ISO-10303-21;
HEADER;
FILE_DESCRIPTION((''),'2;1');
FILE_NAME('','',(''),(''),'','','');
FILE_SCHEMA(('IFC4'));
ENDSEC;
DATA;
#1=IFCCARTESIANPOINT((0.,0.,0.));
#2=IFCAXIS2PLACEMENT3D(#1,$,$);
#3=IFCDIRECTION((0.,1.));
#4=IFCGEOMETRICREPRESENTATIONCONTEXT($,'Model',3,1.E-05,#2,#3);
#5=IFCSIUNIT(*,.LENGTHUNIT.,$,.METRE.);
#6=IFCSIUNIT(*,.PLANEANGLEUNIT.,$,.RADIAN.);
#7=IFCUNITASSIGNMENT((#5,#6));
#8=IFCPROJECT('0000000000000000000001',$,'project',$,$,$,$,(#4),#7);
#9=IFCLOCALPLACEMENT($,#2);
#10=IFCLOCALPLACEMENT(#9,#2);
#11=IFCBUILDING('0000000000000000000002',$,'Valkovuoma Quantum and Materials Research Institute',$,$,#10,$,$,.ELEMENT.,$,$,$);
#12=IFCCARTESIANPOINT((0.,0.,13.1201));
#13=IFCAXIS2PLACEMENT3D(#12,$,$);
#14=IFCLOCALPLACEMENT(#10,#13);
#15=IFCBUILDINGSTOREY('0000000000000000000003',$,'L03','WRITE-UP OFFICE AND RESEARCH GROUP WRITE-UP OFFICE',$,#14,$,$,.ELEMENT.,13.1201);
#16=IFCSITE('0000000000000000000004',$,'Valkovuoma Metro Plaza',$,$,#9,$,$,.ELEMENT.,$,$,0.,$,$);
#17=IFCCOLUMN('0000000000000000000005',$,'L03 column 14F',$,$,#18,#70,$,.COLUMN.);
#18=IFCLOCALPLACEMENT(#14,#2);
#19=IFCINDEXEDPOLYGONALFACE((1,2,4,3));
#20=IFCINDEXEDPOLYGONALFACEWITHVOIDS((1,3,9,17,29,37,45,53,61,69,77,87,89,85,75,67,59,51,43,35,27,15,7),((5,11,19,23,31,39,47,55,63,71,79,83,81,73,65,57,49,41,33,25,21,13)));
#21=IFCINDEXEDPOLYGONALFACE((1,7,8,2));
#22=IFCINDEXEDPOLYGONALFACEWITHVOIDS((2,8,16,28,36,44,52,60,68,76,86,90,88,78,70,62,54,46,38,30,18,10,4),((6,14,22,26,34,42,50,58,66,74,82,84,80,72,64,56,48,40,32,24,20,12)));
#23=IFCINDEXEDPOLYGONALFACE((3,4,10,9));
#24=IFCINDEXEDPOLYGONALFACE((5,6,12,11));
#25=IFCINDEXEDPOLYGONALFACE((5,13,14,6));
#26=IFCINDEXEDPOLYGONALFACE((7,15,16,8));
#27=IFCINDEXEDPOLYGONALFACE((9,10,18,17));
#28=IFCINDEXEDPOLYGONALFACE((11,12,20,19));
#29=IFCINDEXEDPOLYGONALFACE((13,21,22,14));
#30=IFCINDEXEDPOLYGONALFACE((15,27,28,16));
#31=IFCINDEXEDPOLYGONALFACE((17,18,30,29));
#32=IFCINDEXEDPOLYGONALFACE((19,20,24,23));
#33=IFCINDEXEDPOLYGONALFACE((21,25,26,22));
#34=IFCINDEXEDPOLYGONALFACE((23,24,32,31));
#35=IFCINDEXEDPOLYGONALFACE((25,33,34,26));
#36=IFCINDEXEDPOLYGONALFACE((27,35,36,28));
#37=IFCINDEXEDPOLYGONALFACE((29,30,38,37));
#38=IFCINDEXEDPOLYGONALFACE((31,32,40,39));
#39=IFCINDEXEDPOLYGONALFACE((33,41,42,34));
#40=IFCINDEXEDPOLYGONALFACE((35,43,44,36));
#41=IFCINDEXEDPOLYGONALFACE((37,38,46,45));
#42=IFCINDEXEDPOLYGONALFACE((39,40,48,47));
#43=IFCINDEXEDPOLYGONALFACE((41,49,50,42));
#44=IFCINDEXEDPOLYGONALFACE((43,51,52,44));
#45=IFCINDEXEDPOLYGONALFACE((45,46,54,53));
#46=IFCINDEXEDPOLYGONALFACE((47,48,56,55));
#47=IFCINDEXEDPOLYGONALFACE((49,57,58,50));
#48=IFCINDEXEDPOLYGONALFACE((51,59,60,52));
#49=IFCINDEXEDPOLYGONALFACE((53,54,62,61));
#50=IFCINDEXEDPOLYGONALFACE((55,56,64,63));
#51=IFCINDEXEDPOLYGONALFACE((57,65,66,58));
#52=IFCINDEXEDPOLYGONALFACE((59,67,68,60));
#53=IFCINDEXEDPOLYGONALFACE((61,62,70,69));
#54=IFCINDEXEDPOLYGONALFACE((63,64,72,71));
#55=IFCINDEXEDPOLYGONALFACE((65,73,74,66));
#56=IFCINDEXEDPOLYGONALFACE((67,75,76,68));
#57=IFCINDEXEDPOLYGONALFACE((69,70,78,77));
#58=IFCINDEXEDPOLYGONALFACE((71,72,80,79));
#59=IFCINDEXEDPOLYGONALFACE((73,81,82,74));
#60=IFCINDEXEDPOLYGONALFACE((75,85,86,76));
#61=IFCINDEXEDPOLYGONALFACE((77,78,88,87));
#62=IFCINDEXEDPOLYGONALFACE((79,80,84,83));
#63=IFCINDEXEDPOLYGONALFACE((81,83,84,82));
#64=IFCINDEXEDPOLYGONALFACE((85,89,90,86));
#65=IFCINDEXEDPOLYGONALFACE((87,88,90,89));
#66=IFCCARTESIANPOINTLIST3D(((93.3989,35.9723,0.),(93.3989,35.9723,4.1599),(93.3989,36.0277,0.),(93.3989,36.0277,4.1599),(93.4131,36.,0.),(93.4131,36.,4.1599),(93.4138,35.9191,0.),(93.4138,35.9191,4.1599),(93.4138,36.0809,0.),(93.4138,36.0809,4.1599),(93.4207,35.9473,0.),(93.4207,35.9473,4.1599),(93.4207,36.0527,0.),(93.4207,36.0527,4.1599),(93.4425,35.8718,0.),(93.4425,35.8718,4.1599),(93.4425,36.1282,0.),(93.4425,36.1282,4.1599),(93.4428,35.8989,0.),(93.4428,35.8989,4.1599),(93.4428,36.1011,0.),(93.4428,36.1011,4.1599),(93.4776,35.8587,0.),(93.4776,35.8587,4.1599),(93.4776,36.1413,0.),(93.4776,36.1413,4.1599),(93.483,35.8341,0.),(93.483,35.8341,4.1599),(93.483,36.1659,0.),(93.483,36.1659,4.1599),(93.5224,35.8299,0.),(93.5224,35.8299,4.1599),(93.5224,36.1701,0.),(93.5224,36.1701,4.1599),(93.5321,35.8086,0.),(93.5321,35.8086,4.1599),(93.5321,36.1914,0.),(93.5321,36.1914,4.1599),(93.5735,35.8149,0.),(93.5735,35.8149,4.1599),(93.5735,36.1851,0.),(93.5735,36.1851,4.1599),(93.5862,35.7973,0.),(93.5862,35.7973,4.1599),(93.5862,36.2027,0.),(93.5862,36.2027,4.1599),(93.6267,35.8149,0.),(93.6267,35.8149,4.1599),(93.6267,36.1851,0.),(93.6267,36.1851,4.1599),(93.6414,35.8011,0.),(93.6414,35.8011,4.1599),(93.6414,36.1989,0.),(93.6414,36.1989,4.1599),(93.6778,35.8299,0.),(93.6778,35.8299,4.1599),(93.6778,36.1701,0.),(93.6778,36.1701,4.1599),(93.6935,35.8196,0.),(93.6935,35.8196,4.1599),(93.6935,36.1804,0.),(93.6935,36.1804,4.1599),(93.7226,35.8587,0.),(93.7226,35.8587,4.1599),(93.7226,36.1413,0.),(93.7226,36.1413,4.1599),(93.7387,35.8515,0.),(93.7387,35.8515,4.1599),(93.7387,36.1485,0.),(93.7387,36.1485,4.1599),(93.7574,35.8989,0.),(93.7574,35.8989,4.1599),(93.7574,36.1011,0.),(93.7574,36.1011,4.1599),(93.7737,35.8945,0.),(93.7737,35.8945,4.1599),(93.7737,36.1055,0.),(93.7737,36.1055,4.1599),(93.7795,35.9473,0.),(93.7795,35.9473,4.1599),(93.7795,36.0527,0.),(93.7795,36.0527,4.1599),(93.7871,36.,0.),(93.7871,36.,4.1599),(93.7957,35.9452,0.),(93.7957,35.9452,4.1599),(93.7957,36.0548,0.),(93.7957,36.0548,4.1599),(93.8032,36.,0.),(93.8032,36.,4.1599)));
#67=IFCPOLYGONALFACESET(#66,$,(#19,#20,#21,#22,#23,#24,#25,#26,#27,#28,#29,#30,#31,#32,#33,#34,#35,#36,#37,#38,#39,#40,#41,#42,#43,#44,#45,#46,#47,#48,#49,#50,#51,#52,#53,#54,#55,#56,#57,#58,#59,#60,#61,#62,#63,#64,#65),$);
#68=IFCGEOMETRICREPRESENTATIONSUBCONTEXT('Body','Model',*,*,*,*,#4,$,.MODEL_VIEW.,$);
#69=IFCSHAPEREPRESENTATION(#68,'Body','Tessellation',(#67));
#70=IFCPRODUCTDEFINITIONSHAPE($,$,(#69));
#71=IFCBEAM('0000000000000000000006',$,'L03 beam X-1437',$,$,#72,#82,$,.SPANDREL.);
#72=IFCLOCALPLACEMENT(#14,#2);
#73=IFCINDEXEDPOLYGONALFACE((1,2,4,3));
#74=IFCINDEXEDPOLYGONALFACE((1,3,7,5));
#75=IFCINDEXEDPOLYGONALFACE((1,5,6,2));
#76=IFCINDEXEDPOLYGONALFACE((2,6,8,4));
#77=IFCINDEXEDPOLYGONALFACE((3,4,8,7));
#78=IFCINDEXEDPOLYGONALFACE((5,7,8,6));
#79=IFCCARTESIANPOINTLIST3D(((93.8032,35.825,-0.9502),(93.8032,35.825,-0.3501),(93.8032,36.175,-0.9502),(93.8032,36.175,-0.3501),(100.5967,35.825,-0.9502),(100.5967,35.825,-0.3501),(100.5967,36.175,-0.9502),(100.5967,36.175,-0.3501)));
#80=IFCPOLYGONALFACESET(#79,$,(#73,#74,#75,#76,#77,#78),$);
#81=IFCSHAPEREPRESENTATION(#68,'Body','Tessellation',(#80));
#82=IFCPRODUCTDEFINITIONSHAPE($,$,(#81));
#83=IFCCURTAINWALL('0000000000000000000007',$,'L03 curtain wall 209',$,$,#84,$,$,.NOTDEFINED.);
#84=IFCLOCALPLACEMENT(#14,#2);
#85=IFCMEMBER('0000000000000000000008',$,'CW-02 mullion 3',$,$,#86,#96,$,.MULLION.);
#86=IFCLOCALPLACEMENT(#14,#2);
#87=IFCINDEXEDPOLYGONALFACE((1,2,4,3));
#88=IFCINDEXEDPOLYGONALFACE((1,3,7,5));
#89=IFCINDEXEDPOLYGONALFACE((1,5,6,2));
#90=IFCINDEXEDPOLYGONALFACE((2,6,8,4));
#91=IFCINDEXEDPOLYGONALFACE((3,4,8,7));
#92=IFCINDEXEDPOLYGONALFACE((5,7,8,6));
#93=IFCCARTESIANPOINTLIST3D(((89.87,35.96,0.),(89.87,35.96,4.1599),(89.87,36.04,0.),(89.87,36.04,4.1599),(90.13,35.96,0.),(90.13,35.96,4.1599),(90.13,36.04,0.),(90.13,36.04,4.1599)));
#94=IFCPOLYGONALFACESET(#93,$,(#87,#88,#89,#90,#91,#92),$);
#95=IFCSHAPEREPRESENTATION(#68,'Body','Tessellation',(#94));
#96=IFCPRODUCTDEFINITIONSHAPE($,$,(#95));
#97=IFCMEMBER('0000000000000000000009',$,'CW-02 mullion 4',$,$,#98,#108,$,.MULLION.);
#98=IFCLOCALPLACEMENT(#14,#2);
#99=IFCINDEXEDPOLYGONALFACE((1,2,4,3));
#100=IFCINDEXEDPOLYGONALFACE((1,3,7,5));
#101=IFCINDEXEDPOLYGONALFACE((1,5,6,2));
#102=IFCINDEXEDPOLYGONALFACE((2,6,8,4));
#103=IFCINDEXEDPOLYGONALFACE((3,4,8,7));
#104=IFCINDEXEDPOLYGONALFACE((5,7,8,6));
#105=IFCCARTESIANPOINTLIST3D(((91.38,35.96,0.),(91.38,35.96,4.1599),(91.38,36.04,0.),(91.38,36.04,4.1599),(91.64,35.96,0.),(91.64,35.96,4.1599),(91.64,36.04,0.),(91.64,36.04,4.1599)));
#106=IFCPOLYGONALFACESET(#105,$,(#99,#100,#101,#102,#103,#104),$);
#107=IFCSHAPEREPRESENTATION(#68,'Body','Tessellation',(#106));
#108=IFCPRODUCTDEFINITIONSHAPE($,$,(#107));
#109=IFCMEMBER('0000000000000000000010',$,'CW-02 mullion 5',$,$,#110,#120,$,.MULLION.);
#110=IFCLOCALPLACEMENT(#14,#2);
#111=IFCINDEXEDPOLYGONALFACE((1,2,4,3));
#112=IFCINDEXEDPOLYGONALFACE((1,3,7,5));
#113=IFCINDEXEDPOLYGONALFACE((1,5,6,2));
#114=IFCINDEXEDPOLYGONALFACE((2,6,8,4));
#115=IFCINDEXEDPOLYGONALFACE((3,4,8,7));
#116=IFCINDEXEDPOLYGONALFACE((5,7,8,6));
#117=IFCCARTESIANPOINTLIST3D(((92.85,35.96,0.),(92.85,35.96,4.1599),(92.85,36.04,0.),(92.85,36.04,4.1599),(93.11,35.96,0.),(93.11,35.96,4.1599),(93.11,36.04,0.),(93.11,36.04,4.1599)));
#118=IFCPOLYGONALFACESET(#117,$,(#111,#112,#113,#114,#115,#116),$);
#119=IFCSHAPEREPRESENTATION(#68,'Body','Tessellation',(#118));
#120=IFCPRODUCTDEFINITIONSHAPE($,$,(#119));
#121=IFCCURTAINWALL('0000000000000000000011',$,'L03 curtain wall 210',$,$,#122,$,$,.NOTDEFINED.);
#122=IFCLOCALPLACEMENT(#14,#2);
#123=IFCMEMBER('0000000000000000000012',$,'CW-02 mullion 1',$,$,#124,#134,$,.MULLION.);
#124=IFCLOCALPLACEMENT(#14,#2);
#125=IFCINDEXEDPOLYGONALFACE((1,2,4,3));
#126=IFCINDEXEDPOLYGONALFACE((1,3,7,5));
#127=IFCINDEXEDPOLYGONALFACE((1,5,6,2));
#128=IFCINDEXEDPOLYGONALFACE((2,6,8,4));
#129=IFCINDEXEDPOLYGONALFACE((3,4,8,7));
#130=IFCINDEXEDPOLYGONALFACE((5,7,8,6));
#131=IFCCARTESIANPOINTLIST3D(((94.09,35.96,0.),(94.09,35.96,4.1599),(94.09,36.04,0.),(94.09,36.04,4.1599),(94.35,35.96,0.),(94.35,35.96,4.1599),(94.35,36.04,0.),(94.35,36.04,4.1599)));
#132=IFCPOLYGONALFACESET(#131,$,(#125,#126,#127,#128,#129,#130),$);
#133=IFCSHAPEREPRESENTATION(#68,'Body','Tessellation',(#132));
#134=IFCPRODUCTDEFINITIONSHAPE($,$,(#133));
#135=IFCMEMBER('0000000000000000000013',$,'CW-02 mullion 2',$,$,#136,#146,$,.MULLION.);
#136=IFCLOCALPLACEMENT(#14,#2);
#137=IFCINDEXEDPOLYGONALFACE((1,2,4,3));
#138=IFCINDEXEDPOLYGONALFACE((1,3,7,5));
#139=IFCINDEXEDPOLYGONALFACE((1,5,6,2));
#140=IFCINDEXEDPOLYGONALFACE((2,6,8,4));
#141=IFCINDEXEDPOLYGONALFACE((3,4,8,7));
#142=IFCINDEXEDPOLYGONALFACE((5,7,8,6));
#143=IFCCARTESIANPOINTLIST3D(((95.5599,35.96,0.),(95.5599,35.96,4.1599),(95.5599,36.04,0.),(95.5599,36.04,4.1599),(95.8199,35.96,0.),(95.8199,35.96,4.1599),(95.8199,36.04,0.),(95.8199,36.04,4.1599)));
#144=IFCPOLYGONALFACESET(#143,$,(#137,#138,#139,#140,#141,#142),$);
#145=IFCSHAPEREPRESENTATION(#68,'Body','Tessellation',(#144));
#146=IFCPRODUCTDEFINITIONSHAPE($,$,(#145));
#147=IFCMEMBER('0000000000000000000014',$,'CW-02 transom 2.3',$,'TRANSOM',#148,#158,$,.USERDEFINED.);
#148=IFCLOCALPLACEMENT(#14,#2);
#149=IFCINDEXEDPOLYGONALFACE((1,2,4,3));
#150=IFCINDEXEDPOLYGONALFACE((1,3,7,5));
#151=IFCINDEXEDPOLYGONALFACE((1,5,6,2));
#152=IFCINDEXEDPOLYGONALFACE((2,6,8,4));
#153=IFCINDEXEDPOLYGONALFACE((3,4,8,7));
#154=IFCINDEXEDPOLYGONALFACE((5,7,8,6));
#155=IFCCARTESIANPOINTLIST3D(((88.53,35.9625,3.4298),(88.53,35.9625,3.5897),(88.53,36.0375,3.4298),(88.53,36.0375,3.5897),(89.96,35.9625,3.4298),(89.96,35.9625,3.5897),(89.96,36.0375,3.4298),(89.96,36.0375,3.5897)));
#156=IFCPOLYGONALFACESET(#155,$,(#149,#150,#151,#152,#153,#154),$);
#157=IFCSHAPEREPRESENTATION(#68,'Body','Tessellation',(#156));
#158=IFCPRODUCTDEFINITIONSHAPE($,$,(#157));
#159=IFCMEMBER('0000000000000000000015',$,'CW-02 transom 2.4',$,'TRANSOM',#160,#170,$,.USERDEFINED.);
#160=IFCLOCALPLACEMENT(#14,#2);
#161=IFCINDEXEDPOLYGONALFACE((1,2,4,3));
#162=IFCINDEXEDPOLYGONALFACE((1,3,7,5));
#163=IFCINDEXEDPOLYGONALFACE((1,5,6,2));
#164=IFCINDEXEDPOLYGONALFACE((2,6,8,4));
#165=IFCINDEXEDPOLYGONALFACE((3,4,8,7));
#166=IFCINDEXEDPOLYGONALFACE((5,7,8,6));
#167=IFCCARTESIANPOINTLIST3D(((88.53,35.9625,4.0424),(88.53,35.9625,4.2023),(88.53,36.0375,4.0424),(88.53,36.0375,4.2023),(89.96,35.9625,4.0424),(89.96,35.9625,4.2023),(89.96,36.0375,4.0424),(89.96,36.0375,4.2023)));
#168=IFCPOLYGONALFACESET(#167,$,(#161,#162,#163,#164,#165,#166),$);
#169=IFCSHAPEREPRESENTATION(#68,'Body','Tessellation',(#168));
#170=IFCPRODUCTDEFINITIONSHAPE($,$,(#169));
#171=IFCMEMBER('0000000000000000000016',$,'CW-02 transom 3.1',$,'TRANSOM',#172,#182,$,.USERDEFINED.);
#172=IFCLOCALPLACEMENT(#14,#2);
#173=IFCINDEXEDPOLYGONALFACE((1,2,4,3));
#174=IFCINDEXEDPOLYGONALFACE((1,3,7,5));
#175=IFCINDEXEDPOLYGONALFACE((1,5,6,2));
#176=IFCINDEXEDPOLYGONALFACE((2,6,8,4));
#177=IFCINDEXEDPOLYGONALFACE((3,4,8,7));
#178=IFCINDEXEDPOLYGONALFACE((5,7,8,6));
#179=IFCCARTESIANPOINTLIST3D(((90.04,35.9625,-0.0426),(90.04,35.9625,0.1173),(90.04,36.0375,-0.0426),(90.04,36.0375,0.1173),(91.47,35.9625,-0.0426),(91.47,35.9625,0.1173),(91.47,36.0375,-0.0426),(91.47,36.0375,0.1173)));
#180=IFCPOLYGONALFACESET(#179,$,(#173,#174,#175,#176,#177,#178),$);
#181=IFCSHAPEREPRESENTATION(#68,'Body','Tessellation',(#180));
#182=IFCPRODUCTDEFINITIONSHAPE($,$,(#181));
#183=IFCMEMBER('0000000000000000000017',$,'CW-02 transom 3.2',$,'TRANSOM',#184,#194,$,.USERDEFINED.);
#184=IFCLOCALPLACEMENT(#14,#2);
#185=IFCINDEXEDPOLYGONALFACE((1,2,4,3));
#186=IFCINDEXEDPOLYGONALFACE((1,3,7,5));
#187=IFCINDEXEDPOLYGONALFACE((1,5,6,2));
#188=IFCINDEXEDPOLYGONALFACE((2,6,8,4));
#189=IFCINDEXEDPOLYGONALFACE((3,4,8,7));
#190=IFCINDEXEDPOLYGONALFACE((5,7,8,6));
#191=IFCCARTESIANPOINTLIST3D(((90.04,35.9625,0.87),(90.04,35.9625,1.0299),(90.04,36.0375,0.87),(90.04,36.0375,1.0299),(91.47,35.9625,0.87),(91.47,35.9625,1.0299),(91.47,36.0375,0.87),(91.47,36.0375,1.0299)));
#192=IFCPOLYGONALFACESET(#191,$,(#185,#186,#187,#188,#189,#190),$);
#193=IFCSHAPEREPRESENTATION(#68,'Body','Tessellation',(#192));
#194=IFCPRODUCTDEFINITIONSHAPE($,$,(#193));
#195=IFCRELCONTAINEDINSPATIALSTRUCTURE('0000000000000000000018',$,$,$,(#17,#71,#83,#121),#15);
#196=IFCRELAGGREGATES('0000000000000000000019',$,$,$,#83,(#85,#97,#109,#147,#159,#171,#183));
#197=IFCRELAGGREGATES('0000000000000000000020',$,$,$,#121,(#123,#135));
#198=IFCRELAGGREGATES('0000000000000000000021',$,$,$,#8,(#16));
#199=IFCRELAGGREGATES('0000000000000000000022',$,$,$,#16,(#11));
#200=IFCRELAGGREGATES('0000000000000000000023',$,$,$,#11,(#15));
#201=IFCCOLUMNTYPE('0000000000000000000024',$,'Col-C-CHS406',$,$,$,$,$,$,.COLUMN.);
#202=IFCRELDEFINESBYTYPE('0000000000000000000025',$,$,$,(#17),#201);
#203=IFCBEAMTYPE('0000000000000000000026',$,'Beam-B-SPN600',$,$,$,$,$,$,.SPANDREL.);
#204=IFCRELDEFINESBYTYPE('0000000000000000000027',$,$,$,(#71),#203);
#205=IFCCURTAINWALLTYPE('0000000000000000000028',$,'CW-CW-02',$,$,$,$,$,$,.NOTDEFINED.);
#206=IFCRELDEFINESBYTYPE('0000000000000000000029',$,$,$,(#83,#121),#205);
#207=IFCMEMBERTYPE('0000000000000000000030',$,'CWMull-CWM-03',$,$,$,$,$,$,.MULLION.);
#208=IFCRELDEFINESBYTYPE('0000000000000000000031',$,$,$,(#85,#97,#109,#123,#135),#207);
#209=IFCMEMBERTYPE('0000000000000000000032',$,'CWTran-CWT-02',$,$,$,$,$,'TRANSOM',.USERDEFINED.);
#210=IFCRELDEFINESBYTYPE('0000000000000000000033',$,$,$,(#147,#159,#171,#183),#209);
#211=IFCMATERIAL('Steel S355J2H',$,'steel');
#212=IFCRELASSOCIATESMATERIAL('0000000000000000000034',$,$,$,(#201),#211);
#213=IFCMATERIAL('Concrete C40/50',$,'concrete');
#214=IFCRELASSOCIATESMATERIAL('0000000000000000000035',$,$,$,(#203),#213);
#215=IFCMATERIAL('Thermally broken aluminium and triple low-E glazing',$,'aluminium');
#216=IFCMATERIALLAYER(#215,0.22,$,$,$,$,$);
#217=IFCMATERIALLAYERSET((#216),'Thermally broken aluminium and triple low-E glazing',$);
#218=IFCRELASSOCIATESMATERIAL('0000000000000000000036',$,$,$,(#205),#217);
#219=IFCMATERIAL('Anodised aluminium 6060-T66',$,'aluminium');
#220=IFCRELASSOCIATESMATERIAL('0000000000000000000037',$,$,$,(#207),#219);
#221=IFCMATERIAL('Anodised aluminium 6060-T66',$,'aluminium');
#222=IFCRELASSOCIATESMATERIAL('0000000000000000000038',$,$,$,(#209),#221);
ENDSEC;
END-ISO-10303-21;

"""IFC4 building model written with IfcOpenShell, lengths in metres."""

from ifc_helpers import new_model, si_unit, direction, frame, origin, origin_2d, place, context, subcontext, project, spatial, rectangle, hollow_circle, extrude, material, layer, layer_set, material_profile, profile_set, type_object, element, aggregate, save


model = new_model("IFC4")

# Units and contexts
model_context = context("Model", 3, precision=1e-05, world=origin(), true_north=direction((0.0, 1.0)))
body_context = subcontext(model_context, "Body", "Model", "MODEL_VIEW")
ifc_project = project(units=[si_unit("LENGTHUNIT", "METRE"), si_unit("PLANEANGLEUNIT", "RADIAN")], contexts=[model_context])

# Site, building, storey
site_placement = place(None, origin())
site = spatial("IfcSite", under=ifc_project, at=site_placement, Name="Valkovuoma Metro Plaza", CompositionType="ELEMENT", RefElevation=0.0)
building_placement = place(site_placement, origin())
building = spatial("IfcBuilding", under=site, at=building_placement, Name="Valkovuoma Quantum and Materials Research Institute", CompositionType="ELEMENT")
storey_placement = place(building_placement, frame((0.0, 0.0, 13.1201)))
storey = spatial("IfcBuildingStorey", under=building, at=storey_placement, Name="L03", Description="WRITE-UP OFFICE AND RESEARCH GROUP WRITE-UP OFFICE", CompositionType="ELEMENT", Elevation=13.1201)

# Column
ifc_material_1 = material(Name="Steel S355J2H", Category="steel")
ifc_material_profile_1 = material_profile(ifc_material_1, hollow_circle(Radius=0.2031, WallThickness=0.0161, at=origin_2d()), Name="Steel S355J2H")
ifc_profile_set_1 = profile_set([ifc_material_profile_1], Name="Steel S355J2H")
column_type = type_object("IfcColumnType", Name="Col-C-CHS406", PredefinedType="COLUMN", material=ifc_profile_set_1)
column_placement = place(storey_placement, frame((93.6001, 36.0, 0.0), z_axis=(0.0, 0.0, 1.0), x_axis=(1.0, 0.0, 0.0)))
element("IfcColumn", 1, at=column_placement, inside=storey, type_object=column_type, Name="L03 column 14F", PredefinedType="COLUMN", context=body_context, shape_type="SweptSolid", body=[
    extrude(hollow_circle(Radius=0.2031, WallThickness=0.0161, at=origin_2d()), origin(), (0.0, 0.0, 1.0), 4.1599),
])

# Beam
ifc_material_2 = material(Name="Concrete C40/50", Category="concrete")
ifc_material_profile_2 = material_profile(ifc_material_2, rectangle(XDim=0.3501, YDim=0.6001, at=origin_2d()), Name="Concrete C40/50")
ifc_profile_set_2 = profile_set([ifc_material_profile_2], Name="Concrete C40/50")
beam_type = type_object("IfcBeamType", Name="Beam-B-SPN600", PredefinedType="SPANDREL", material=ifc_profile_set_2)
beam_placement = place(storey_placement, frame((93.8032, 36.0, -0.6501), z_axis=(1.0, 0.0, 0.0), x_axis=(0.0, 1.0, 0.0)))
element("IfcBeam", 2, at=beam_placement, inside=storey, type_object=beam_type, Name="L03 beam X-1437", PredefinedType="SPANDREL", context=body_context, shape_type="SweptSolid", body=[
    extrude(rectangle(XDim=0.3501, YDim=0.6001, at=origin_2d()), origin(), (0.0, 0.0, 1.0), 6.7935),
])

# Curtain walls, members
ifc_material_3 = material(Name="Thermally broken aluminium and triple low-E glazing", Category="aluminium")
ifc_layer_1 = layer(ifc_material_3, 0.22)
ifc_layer_set_1 = layer_set([ifc_layer_1], Name="Thermally broken aluminium and triple low-E glazing")
curtain_wall_type = type_object("IfcCurtainWallType", Name="CW-CW-02", PredefinedType="NOTDEFINED", material=ifc_layer_set_1)
curtain_wall_1_placement = place(storey_placement, origin())
curtain_wall_1 = element("IfcCurtainWall", 3, at=curtain_wall_1_placement, inside=storey, type_object=curtain_wall_type, Name="L03 curtain wall 209", PredefinedType="NOTDEFINED")
ifc_material_4 = material(Name="Anodised aluminium 6060-T66", Category="aluminium")
ifc_material_profile_3 = material_profile(ifc_material_4, rectangle(XDim=0.0801, YDim=0.26, at=origin_2d()), Name="Anodised aluminium 6060-T66")
ifc_profile_set_3 = profile_set([ifc_material_profile_3], Name="Anodised aluminium 6060-T66")
member_type_1 = type_object("IfcMemberType", Name="CWMull-CWM-03", PredefinedType="MULLION", material=ifc_profile_set_3)
member_1_placement = place(storey_placement, frame((90.0, 36.0, 0.0), z_axis=(0.0, 0.0, 1.0), x_axis=(0.0, 1.0, 0.0)))
member_1 = element("IfcMember", 4, at=member_1_placement, type_object=member_type_1, Name="CW-02 mullion 3", PredefinedType="MULLION", context=body_context, shape_type="SweptSolid", body=[
    extrude(rectangle(XDim=0.0801, YDim=0.26, at=origin_2d()), origin(), (0.0, 0.0, 1.0), 4.1599),
])
member_2_placement = place(storey_placement, frame((91.51, 36.0, 0.0), z_axis=(0.0, 0.0, 1.0), x_axis=(0.0, 1.0, 0.0)))
member_2 = element("IfcMember", 5, at=member_2_placement, type_object=member_type_1, Name="CW-02 mullion 4", PredefinedType="MULLION", context=body_context, shape_type="SweptSolid", body=[
    extrude(rectangle(XDim=0.0801, YDim=0.26, at=origin_2d()), origin(), (0.0, 0.0, 1.0), 4.1599),
])
member_3_placement = place(storey_placement, frame((92.98, 36.0, 0.0), z_axis=(0.0, 0.0, 1.0), x_axis=(0.0, 1.0, 0.0)))
member_3 = element("IfcMember", 6, at=member_3_placement, type_object=member_type_1, Name="CW-02 mullion 5", PredefinedType="MULLION", context=body_context, shape_type="SweptSolid", body=[
    extrude(rectangle(XDim=0.0801, YDim=0.26, at=origin_2d()), origin(), (0.0, 0.0, 1.0), 4.1599),
])
curtain_wall_2_placement = place(storey_placement, origin())
curtain_wall_2 = element("IfcCurtainWall", 7, at=curtain_wall_2_placement, inside=storey, type_object=curtain_wall_type, Name="L03 curtain wall 210", PredefinedType="NOTDEFINED")
member_4_placement = place(storey_placement, frame((94.22, 36.0, 0.0), z_axis=(0.0, 0.0, 1.0), x_axis=(0.0, 1.0, 0.0)))
member_4 = element("IfcMember", 8, at=member_4_placement, type_object=member_type_1, Name="CW-02 mullion 1", PredefinedType="MULLION", context=body_context, shape_type="SweptSolid", body=[
    extrude(rectangle(XDim=0.0801, YDim=0.26, at=origin_2d()), origin(), (0.0, 0.0, 1.0), 4.1599),
])
member_5_placement = place(storey_placement, frame((95.6899, 36.0, 0.0), z_axis=(0.0, 0.0, 1.0), x_axis=(0.0, 1.0, 0.0)))
member_5 = element("IfcMember", 9, at=member_5_placement, type_object=member_type_1, Name="CW-02 mullion 2", PredefinedType="MULLION", context=body_context, shape_type="SweptSolid", body=[
    extrude(rectangle(XDim=0.0801, YDim=0.26, at=origin_2d()), origin(), (0.0, 0.0, 1.0), 4.1599),
])

# Members
ifc_material_5 = material(Name="Anodised aluminium 6060-T66", Category="aluminium")
ifc_material_profile_4 = material_profile(ifc_material_5, rectangle(XDim=0.075, YDim=0.1599, at=origin_2d()), Name="Anodised aluminium 6060-T66")
ifc_profile_set_4 = profile_set([ifc_material_profile_4], Name="Anodised aluminium 6060-T66")
member_type_2 = type_object("IfcMemberType", Name="CWTran-CWT-02", ElementType="TRANSOM", PredefinedType="USERDEFINED", material=ifc_profile_set_4)
member_6_placement = place(storey_placement, frame((88.53, 36.0, 3.5098), z_axis=(1.0, 0.0, 0.0), x_axis=(0.0, 1.0, 0.0)))
member_6 = element("IfcMember", 10, at=member_6_placement, type_object=member_type_2, Name="CW-02 transom 2.3", ObjectType="TRANSOM", PredefinedType="USERDEFINED", context=body_context, shape_type="SweptSolid", body=[
    extrude(rectangle(XDim=0.075, YDim=0.1599, at=origin_2d()), origin(), (0.0, 0.0, 1.0), 1.4299),
])
member_7_placement = place(storey_placement, frame((88.53, 36.0, 4.1223), z_axis=(1.0, 0.0, 0.0), x_axis=(0.0, 1.0, 0.0)))
member_7 = element("IfcMember", 11, at=member_7_placement, type_object=member_type_2, Name="CW-02 transom 2.4", ObjectType="TRANSOM", PredefinedType="USERDEFINED", context=body_context, shape_type="SweptSolid", body=[
    extrude(rectangle(XDim=0.075, YDim=0.1599, at=origin_2d()), origin(), (0.0, 0.0, 1.0), 1.4299),
])
member_8_placement = place(storey_placement, frame((90.04, 36.0, 0.0374), z_axis=(1.0, 0.0, 0.0), x_axis=(0.0, 1.0, 0.0)))
member_8 = element("IfcMember", 12, at=member_8_placement, type_object=member_type_2, Name="CW-02 transom 3.1", ObjectType="TRANSOM", PredefinedType="USERDEFINED", context=body_context, shape_type="SweptSolid", body=[
    extrude(rectangle(XDim=0.075, YDim=0.1599, at=origin_2d()), origin(), (0.0, 0.0, 1.0), 1.4299),
])
member_9_placement = place(storey_placement, frame((90.04, 36.0, 0.95), z_axis=(1.0, 0.0, 0.0), x_axis=(0.0, 1.0, 0.0)))
member_9 = element("IfcMember", 13, at=member_9_placement, type_object=member_type_2, Name="CW-02 transom 3.2", ObjectType="TRANSOM", PredefinedType="USERDEFINED", context=body_context, shape_type="SweptSolid", body=[
    extrude(rectangle(XDim=0.075, YDim=0.1599, at=origin_2d()), origin(), (0.0, 0.0, 1.0), 1.4299),
])

aggregate(curtain_wall_1, [member_1, member_2, member_3, member_6, member_7, member_8, member_9])
aggregate(curtain_wall_2, [member_4, member_5])

save(model, "model.ifc")
